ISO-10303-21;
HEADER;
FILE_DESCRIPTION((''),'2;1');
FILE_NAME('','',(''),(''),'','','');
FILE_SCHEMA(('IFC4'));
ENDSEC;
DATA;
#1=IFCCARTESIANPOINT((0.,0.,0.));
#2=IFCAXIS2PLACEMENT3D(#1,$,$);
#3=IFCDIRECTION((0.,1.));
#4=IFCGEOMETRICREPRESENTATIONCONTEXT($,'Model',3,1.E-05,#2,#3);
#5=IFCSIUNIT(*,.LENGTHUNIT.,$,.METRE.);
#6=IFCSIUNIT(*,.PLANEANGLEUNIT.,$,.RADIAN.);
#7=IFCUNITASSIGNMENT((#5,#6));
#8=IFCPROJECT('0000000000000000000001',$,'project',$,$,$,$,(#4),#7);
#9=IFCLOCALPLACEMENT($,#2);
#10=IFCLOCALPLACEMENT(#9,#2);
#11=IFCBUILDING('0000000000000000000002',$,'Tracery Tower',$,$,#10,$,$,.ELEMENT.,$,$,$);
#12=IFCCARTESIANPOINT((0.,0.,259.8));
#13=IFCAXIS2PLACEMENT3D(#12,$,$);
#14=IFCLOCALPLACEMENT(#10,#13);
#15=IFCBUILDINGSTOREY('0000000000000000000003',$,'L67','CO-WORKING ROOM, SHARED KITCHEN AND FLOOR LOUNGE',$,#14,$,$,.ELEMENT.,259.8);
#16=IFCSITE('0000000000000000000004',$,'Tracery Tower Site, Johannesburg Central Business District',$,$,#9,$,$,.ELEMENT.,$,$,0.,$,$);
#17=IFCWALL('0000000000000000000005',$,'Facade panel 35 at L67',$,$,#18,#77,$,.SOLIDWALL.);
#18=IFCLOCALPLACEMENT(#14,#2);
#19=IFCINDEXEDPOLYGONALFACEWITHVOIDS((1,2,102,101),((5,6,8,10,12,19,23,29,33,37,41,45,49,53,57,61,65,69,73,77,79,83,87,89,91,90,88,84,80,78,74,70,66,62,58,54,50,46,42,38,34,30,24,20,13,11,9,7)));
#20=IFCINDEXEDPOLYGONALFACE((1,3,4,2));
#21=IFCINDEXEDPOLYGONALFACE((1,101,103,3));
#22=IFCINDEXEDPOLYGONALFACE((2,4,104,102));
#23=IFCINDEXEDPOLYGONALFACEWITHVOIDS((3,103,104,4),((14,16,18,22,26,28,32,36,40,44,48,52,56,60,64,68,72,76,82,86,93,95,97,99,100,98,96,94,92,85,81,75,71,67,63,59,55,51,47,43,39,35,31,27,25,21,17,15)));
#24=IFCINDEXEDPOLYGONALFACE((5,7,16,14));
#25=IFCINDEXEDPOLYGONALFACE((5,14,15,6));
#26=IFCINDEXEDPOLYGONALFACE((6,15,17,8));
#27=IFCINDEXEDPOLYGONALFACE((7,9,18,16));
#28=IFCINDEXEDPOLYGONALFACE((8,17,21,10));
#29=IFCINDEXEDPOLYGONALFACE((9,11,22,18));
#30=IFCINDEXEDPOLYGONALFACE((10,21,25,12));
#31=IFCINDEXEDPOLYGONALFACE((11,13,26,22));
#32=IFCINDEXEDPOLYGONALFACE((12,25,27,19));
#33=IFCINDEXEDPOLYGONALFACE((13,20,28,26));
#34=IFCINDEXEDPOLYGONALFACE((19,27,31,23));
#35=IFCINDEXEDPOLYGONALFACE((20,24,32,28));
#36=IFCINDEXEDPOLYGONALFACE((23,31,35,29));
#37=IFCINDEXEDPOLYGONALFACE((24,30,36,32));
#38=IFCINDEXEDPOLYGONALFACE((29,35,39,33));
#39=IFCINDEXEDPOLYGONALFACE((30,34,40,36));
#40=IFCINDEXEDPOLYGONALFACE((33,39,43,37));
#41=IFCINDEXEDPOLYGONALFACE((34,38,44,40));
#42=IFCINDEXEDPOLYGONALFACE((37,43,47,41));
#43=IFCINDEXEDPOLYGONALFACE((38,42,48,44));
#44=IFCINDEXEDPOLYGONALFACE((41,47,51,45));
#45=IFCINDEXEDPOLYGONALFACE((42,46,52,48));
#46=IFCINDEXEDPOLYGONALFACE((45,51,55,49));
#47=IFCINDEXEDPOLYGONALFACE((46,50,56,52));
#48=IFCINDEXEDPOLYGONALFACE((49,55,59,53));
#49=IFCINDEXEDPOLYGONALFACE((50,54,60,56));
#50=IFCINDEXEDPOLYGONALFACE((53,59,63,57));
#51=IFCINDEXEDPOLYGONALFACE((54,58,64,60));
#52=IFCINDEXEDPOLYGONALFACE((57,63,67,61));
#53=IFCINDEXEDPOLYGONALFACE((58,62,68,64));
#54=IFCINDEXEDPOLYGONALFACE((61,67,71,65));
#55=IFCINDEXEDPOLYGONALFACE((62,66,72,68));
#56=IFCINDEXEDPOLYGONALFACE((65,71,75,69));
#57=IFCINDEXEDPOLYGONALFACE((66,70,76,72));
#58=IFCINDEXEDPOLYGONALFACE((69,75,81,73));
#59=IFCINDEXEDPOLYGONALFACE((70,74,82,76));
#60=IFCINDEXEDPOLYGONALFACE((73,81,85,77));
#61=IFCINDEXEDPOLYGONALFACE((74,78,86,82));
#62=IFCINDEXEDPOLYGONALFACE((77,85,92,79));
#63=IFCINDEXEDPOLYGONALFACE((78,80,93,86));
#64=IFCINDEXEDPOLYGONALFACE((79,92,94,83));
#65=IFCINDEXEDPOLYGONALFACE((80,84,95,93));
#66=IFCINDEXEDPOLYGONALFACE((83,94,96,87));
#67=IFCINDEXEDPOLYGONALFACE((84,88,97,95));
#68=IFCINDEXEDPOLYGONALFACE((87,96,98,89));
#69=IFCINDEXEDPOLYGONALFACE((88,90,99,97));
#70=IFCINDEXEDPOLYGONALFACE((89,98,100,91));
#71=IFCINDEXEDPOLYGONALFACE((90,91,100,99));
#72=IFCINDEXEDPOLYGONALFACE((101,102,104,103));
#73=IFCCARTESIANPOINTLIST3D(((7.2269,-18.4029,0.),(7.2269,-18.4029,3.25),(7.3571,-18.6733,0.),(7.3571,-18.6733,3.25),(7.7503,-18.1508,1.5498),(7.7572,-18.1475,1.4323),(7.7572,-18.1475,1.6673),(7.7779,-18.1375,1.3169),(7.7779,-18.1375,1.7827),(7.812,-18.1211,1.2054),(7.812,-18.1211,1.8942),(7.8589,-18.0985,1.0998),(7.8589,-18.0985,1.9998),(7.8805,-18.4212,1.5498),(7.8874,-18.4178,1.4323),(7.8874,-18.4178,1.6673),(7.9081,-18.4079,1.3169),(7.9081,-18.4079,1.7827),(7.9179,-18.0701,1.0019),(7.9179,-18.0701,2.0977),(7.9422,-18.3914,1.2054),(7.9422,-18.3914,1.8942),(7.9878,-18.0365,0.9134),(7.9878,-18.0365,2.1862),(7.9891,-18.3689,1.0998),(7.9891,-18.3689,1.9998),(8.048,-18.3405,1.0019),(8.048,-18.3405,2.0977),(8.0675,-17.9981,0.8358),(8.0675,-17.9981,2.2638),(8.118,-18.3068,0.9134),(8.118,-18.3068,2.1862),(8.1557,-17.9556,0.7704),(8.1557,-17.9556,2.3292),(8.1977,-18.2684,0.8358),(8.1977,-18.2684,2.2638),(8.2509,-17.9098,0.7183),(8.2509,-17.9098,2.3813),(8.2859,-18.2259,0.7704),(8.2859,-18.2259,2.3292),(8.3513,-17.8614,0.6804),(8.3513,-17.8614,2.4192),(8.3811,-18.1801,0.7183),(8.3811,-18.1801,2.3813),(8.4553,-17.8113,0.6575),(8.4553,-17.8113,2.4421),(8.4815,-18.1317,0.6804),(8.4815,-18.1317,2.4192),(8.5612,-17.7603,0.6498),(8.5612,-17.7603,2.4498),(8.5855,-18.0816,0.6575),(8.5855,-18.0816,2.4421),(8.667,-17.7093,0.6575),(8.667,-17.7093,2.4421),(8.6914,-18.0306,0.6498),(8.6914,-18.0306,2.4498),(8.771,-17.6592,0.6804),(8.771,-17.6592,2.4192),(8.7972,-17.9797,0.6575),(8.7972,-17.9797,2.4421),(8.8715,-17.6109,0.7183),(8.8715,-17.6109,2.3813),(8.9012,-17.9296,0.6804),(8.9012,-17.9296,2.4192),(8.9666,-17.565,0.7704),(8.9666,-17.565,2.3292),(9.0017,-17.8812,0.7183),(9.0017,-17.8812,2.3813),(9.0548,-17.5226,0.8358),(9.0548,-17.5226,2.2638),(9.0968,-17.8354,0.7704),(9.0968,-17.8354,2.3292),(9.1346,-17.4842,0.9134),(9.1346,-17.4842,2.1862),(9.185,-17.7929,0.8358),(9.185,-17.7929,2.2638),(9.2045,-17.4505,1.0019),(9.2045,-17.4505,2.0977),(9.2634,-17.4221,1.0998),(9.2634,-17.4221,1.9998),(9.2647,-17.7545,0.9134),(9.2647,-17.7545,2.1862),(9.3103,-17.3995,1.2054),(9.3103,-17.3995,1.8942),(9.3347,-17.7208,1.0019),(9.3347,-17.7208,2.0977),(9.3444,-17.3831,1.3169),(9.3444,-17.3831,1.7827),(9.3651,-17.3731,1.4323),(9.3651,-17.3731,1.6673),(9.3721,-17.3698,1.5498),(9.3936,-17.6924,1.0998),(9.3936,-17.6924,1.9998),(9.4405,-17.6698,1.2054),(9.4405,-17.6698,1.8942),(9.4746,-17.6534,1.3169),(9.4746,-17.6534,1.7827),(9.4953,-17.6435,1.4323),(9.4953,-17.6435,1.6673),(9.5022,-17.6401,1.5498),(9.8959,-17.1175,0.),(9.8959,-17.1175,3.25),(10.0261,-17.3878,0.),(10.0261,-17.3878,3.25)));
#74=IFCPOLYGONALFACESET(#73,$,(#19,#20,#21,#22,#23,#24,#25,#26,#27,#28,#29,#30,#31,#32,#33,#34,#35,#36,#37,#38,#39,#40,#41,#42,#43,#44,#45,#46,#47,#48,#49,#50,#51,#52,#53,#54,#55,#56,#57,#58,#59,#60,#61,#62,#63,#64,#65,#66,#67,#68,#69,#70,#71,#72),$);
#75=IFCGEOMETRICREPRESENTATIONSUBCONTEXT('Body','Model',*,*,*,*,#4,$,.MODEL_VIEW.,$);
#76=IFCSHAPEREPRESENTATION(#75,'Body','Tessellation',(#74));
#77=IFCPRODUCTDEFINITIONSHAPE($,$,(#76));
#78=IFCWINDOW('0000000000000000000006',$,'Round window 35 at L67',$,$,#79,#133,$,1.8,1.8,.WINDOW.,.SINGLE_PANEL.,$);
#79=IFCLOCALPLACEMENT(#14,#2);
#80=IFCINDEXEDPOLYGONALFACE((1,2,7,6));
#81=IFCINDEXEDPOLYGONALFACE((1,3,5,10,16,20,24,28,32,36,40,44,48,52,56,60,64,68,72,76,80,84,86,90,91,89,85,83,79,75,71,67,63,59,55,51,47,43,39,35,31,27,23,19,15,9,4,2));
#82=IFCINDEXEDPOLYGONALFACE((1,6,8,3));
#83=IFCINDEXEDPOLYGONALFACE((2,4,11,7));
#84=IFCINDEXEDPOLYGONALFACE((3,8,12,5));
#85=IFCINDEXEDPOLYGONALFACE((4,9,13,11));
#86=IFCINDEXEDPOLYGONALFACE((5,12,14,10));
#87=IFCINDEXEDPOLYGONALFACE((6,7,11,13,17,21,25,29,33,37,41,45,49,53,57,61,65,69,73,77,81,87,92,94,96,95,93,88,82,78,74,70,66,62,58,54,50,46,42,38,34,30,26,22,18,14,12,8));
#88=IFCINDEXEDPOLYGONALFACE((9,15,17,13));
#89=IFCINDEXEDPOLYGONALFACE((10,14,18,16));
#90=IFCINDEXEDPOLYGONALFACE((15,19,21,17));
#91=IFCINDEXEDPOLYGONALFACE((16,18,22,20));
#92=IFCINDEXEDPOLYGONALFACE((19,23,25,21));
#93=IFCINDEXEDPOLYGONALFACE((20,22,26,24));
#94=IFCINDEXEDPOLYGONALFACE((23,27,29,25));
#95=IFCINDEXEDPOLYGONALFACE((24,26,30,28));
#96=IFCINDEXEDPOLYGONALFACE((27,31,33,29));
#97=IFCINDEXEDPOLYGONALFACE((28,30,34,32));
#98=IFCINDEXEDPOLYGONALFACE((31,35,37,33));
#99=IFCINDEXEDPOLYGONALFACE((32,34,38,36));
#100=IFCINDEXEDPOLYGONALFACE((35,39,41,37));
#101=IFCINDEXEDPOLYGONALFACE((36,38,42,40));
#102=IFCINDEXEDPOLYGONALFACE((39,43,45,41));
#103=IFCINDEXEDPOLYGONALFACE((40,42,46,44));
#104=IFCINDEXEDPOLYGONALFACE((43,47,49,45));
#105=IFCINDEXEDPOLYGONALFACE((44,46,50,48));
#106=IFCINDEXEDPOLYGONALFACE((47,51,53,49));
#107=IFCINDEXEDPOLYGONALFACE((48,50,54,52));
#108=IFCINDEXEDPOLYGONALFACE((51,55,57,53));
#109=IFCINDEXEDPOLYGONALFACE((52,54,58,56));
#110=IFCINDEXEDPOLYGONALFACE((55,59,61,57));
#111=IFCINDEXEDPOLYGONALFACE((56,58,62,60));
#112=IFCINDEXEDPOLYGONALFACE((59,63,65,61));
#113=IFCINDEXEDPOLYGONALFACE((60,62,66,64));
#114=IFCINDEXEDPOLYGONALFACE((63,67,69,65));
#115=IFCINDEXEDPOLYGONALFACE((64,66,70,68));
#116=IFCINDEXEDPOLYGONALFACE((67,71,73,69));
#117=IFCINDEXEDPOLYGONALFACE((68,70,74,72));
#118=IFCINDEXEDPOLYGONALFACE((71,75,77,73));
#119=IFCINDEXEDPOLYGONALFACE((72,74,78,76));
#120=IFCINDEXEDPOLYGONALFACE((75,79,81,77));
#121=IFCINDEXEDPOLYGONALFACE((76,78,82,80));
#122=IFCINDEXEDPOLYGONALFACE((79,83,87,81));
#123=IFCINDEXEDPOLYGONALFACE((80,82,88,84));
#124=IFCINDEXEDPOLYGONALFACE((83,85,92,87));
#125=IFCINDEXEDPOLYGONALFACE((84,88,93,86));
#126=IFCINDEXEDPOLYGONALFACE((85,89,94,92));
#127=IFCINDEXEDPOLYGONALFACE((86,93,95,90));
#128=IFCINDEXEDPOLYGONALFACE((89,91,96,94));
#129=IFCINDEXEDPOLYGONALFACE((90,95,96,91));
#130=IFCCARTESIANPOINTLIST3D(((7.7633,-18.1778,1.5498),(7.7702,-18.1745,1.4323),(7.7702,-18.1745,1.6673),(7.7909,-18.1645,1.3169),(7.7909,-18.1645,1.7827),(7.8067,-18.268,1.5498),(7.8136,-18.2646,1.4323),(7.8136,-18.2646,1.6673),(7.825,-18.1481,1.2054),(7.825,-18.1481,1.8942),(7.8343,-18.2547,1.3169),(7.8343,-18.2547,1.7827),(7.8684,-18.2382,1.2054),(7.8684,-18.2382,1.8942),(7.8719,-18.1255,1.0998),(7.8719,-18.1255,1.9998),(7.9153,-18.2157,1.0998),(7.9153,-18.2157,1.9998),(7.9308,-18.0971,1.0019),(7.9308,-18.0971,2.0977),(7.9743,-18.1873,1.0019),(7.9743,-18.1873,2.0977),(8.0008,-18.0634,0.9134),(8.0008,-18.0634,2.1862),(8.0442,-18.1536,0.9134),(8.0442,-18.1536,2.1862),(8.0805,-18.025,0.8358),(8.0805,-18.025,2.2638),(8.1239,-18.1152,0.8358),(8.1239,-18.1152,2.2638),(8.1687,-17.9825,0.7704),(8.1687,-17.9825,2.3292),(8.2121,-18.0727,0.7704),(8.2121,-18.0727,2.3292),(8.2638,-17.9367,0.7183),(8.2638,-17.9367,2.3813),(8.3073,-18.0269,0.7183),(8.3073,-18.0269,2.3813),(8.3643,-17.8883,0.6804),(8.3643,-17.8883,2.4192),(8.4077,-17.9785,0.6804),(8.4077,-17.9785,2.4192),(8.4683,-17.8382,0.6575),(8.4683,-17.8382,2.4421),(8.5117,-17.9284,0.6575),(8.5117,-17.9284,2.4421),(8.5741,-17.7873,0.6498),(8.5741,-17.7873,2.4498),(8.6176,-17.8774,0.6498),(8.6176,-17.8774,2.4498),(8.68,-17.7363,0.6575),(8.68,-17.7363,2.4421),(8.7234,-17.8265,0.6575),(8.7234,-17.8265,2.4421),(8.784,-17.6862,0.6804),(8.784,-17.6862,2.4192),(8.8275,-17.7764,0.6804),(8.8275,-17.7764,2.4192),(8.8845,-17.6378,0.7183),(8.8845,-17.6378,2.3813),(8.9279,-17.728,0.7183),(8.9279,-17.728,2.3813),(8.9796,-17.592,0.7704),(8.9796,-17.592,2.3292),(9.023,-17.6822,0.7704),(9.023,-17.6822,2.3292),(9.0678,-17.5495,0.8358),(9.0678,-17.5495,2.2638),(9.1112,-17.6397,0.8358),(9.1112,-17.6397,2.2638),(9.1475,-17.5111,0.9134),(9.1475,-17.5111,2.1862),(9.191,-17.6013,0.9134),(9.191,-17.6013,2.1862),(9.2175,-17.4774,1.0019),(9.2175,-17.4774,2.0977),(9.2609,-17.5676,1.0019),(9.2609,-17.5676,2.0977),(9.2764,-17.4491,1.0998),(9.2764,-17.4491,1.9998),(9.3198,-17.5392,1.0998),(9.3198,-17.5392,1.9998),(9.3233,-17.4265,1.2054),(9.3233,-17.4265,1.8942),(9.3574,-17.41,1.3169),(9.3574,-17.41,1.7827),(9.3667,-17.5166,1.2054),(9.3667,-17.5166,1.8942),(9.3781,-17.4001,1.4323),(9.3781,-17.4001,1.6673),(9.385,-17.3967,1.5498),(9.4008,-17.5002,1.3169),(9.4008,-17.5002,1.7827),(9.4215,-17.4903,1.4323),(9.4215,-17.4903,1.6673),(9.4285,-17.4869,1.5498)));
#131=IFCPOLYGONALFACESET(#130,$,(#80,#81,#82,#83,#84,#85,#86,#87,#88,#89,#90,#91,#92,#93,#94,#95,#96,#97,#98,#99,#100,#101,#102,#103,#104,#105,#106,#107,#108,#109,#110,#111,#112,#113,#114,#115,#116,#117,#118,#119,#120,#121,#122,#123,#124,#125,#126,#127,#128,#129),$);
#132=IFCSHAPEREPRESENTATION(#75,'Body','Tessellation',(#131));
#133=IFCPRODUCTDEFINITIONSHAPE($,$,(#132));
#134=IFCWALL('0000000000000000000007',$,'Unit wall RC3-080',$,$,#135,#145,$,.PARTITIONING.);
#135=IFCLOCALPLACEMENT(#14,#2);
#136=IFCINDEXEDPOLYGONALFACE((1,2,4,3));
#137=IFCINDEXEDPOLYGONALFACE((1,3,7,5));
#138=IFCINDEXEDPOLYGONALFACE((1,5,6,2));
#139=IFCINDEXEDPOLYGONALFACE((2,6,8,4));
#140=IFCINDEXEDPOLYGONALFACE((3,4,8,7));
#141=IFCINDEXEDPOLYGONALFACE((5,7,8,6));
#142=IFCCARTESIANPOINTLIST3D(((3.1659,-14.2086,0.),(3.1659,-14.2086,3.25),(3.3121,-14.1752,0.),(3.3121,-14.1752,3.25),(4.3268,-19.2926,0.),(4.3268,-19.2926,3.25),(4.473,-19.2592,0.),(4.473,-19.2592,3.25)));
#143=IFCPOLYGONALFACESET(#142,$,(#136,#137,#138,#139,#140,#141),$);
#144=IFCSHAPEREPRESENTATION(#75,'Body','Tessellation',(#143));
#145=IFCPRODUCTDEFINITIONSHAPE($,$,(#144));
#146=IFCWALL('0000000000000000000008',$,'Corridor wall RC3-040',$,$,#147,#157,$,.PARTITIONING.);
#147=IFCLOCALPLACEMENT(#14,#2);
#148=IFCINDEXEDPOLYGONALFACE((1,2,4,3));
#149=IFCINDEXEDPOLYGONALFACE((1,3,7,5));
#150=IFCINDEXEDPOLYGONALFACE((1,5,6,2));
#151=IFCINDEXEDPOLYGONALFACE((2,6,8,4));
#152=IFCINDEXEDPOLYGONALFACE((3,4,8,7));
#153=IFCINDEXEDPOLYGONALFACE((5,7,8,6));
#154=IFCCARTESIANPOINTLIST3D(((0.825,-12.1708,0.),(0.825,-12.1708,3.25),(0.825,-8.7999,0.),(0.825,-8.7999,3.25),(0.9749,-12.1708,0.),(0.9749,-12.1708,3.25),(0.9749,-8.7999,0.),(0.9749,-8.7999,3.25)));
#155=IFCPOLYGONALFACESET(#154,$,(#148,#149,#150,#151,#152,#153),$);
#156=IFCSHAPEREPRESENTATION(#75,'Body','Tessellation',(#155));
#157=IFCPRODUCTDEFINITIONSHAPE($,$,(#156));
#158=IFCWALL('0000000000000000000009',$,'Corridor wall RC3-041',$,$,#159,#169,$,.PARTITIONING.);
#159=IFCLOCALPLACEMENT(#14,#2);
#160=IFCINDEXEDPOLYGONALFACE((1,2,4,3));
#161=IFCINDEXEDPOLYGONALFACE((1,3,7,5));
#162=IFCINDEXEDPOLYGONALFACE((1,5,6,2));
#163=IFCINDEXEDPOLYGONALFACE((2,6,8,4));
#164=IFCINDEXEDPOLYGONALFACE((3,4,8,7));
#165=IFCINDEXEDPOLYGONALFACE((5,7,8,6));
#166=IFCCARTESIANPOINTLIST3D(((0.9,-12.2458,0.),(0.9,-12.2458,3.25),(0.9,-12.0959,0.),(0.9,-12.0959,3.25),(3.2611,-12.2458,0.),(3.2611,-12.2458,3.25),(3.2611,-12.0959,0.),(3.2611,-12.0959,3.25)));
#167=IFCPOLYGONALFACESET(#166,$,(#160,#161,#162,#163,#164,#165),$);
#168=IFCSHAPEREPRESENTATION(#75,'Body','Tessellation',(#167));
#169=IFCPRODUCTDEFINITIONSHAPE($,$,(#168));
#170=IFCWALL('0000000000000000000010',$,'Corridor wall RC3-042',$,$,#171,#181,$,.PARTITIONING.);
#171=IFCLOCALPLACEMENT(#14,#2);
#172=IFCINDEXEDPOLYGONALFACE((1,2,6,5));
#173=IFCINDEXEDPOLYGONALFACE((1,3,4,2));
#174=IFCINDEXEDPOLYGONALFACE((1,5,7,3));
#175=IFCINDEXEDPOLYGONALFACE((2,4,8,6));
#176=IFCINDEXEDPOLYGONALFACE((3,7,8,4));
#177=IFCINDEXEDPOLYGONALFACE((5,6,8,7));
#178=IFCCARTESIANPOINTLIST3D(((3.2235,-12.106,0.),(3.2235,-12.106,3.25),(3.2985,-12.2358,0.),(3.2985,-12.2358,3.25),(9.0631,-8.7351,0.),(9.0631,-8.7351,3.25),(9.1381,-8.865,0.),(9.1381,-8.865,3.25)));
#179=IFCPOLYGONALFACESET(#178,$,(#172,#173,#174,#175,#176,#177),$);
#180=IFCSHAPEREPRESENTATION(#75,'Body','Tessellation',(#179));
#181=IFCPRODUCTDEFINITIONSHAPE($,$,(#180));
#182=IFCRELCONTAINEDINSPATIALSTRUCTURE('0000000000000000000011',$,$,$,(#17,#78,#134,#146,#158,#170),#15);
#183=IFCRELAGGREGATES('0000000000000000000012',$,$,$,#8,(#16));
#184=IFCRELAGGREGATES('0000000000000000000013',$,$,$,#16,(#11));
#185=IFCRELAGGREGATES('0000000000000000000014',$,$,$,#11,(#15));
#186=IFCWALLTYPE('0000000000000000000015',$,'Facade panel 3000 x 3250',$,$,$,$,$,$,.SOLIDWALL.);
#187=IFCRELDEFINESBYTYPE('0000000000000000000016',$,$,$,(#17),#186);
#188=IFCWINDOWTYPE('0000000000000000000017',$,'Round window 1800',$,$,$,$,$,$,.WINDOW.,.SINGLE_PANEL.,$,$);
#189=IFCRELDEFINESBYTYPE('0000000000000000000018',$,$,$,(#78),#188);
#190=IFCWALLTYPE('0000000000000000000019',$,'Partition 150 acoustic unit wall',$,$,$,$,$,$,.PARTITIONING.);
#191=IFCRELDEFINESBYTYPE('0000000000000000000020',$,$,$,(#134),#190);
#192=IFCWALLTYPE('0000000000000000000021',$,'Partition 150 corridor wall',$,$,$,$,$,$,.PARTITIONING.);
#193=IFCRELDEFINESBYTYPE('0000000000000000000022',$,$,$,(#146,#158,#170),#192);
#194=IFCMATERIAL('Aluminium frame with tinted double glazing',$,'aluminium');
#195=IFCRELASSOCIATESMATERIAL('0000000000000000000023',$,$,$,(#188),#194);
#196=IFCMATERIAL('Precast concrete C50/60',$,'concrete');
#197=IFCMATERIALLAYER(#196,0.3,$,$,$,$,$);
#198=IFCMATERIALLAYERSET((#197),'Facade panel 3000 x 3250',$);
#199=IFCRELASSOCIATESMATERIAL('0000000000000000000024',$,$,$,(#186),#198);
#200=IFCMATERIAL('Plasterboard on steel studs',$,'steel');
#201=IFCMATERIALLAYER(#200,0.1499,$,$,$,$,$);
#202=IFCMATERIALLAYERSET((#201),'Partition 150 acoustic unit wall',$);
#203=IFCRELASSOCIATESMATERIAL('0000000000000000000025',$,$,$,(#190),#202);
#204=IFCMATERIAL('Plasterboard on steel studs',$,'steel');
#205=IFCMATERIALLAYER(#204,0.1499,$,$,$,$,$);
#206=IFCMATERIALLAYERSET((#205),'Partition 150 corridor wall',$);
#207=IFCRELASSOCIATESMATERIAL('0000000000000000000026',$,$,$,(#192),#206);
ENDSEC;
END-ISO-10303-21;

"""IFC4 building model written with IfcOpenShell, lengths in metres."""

from ifc_helpers import new_model, si_unit, direction, frame, frame_2d, origin, origin_2d, place, context, subcontext, project, spatial, rectangle, circle, extrude, material, layer, layer_set, type_object, element, fill, save


model = new_model("IFC4")

# Units and contexts
model_context = context("Model", 3, precision=1e-05, world=origin(), true_north=direction((0.0, 1.0)))
body_context = subcontext(model_context, "Body", "Model", "MODEL_VIEW")
ifc_project = project(units=[si_unit("LENGTHUNIT", "METRE"), si_unit("PLANEANGLEUNIT", "RADIAN")], contexts=[model_context])

# Site, building, storey
site_placement = place(None, origin())
site = spatial("IfcSite", under=ifc_project, at=site_placement, Name="Tracery Tower Site, Johannesburg Central Business District", CompositionType="ELEMENT", RefElevation=0.0)
building_placement = place(site_placement, origin())
building = spatial("IfcBuilding", under=site, at=building_placement, Name="Tracery Tower", CompositionType="ELEMENT")
storey_placement = place(building_placement, frame((0.0, 0.0, 259.8)))
storey = spatial("IfcBuildingStorey", under=building, at=storey_placement, Name="L67", Description="CO-WORKING ROOM, SHARED KITCHEN AND FLOOR LOUNGE", CompositionType="ELEMENT", Elevation=259.8)

# Wall, opening, window
ifc_material_1 = material(Name="Aluminium frame with tinted double glazing", Category="aluminium")
window_type = type_object("IfcWindowType", Name="Round window 1800", PartitioningType="SINGLE_PANEL", PredefinedType="WINDOW", material=ifc_material_1)
ifc_material_2 = material(Name="Precast concrete C50/60", Category="concrete")
ifc_layer_1 = layer(ifc_material_2, 0.3)
ifc_layer_set_1 = layer_set([ifc_layer_1], Name="Facade panel 3000 x 3250")
wall_type_1 = type_object("IfcWallType", Name="Facade panel 3000 x 3250", PredefinedType="SOLIDWALL", material=ifc_layer_set_1)
wall_1_placement = place(storey_placement, frame((7.292, -18.5381, 0.0), z_axis=(0.0, 0.0, 1.0), x_axis=(0.900955, 0.433912, 0.0)))
wall_1 = element("IfcWall", 1, at=wall_1_placement, inside=storey, type_object=wall_type_1, Name="Facade panel 35 at L67", PredefinedType="SOLIDWALL", context=body_context, shape_type="SweptSolid", body=[
    extrude(rectangle(XDim=2.9624, YDim=0.3, at=frame_2d((1.4812, 0.0))), origin(), (0.0, 0.0, 1.0), 3.25),
])
opening_1_placement = place(wall_1_placement, frame((1.481, 0.0, 1.5498)))
opening_1 = element("IfcOpeningElement", 2, at=opening_1_placement, cuts=wall_1, PredefinedType="OPENING", context=body_context, shape_type="SweptSolid", body=[
    extrude(circle(Radius=0.9, at=origin_2d()), frame((0.0, 0.1599, 0.0), z_axis=(0.0, -1.0, 0.0), x_axis=(1.0, 0.0, 0.0)), (0.0, 0.0, 1.0), 0.3201),
])
window_1_placement = place(opening_1_placement, origin())
window_1 = element("IfcWindow", 3, at=window_1_placement, inside=storey, type_object=window_type, Name="Round window 35 at L67", OverallHeight=1.8, OverallWidth=1.8, PartitioningType="SINGLE_PANEL", PredefinedType="WINDOW", context=body_context, shape_type="SweptSolid", body=[
    extrude(circle(Radius=0.9, at=origin_2d()), frame((0.0, 0.1201, 0.0), z_axis=(0.0, -1.0, 0.0), x_axis=(1.0, 0.0, 0.0)), (0.0, 0.0, 1.0), 0.1001),
])
fill(opening_1, window_1)

# Walls
ifc_material_3 = material(Name="Plasterboard on steel studs", Category="steel")
ifc_layer_2 = layer(ifc_material_3, 0.1499)
ifc_layer_set_2 = layer_set([ifc_layer_2], Name="Partition 150 acoustic unit wall")
wall_type_2 = type_object("IfcWallType", Name="Partition 150 acoustic unit wall", PredefinedType="PARTITIONING", material=ifc_layer_set_2)
wall_2_placement = place(storey_placement, frame((3.239, -14.1919, 0.0), z_axis=(0.0, 0.0, 1.0), x_axis=(0.222613, -0.974907, 0.0)))
element("IfcWall", 4, at=wall_2_placement, inside=storey, type_object=wall_type_2, Name="Unit wall RC3-080", PredefinedType="PARTITIONING", context=body_context, shape_type="SweptSolid", body=[
    extrude(rectangle(XDim=5.2148, YDim=0.1499, at=frame_2d((2.6074, 0.0))), origin(), (0.0, 0.0, 1.0), 3.25),
])
ifc_material_4 = material(Name="Plasterboard on steel studs", Category="steel")
ifc_layer_3 = layer(ifc_material_4, 0.1499)
ifc_layer_set_3 = layer_set([ifc_layer_3], Name="Partition 150 corridor wall")
wall_type_3 = type_object("IfcWallType", Name="Partition 150 corridor wall", PredefinedType="PARTITIONING", material=ifc_layer_set_3)
wall_3_placement = place(storey_placement, frame((0.8999, -12.1709, 0.0), z_axis=(0.0, 0.0, 1.0), x_axis=(0.0, 1.0, 0.0)))
element("IfcWall", 5, at=wall_3_placement, inside=storey, type_object=wall_type_3, Name="Corridor wall RC3-040", PredefinedType="PARTITIONING", context=body_context, shape_type="SweptSolid", body=[
    extrude(rectangle(XDim=3.3708, YDim=0.1499, at=frame_2d((1.6855, 0.0))), origin(), (0.0, 0.0, 1.0), 3.25),
])
wall_4_placement = place(storey_placement, frame((0.8999, -12.1709, 0.0), z_axis=(0.0, 0.0, 1.0), x_axis=(1.0, 0.0, 0.0)))
element("IfcWall", 6, at=wall_4_placement, inside=storey, type_object=wall_type_3, Name="Corridor wall RC3-041", PredefinedType="PARTITIONING", context=body_context, shape_type="SweptSolid", body=[
    extrude(rectangle(XDim=2.3611, YDim=0.1499, at=frame_2d((1.1807, 0.0))), origin(), (0.0, 0.0, 1.0), 3.25),
])
wall_5_placement = place(storey_placement, frame((3.261, -12.1709, 0.0), z_axis=(0.0, 0.0, 1.0), x_axis=(0.866067, 0.499928, 0.0)))
element("IfcWall", 7, at=wall_5_placement, inside=storey, type_object=wall_type_3, Name="Corridor wall RC3-042", PredefinedType="PARTITIONING", context=body_context, shape_type="SweptSolid", body=[
    extrude(rectangle(XDim=6.7427, YDim=0.1499, at=frame_2d((3.3713, 0.0))), origin(), (0.0, 0.0, 1.0), 3.25),
])

save(model, "model.ifc")
